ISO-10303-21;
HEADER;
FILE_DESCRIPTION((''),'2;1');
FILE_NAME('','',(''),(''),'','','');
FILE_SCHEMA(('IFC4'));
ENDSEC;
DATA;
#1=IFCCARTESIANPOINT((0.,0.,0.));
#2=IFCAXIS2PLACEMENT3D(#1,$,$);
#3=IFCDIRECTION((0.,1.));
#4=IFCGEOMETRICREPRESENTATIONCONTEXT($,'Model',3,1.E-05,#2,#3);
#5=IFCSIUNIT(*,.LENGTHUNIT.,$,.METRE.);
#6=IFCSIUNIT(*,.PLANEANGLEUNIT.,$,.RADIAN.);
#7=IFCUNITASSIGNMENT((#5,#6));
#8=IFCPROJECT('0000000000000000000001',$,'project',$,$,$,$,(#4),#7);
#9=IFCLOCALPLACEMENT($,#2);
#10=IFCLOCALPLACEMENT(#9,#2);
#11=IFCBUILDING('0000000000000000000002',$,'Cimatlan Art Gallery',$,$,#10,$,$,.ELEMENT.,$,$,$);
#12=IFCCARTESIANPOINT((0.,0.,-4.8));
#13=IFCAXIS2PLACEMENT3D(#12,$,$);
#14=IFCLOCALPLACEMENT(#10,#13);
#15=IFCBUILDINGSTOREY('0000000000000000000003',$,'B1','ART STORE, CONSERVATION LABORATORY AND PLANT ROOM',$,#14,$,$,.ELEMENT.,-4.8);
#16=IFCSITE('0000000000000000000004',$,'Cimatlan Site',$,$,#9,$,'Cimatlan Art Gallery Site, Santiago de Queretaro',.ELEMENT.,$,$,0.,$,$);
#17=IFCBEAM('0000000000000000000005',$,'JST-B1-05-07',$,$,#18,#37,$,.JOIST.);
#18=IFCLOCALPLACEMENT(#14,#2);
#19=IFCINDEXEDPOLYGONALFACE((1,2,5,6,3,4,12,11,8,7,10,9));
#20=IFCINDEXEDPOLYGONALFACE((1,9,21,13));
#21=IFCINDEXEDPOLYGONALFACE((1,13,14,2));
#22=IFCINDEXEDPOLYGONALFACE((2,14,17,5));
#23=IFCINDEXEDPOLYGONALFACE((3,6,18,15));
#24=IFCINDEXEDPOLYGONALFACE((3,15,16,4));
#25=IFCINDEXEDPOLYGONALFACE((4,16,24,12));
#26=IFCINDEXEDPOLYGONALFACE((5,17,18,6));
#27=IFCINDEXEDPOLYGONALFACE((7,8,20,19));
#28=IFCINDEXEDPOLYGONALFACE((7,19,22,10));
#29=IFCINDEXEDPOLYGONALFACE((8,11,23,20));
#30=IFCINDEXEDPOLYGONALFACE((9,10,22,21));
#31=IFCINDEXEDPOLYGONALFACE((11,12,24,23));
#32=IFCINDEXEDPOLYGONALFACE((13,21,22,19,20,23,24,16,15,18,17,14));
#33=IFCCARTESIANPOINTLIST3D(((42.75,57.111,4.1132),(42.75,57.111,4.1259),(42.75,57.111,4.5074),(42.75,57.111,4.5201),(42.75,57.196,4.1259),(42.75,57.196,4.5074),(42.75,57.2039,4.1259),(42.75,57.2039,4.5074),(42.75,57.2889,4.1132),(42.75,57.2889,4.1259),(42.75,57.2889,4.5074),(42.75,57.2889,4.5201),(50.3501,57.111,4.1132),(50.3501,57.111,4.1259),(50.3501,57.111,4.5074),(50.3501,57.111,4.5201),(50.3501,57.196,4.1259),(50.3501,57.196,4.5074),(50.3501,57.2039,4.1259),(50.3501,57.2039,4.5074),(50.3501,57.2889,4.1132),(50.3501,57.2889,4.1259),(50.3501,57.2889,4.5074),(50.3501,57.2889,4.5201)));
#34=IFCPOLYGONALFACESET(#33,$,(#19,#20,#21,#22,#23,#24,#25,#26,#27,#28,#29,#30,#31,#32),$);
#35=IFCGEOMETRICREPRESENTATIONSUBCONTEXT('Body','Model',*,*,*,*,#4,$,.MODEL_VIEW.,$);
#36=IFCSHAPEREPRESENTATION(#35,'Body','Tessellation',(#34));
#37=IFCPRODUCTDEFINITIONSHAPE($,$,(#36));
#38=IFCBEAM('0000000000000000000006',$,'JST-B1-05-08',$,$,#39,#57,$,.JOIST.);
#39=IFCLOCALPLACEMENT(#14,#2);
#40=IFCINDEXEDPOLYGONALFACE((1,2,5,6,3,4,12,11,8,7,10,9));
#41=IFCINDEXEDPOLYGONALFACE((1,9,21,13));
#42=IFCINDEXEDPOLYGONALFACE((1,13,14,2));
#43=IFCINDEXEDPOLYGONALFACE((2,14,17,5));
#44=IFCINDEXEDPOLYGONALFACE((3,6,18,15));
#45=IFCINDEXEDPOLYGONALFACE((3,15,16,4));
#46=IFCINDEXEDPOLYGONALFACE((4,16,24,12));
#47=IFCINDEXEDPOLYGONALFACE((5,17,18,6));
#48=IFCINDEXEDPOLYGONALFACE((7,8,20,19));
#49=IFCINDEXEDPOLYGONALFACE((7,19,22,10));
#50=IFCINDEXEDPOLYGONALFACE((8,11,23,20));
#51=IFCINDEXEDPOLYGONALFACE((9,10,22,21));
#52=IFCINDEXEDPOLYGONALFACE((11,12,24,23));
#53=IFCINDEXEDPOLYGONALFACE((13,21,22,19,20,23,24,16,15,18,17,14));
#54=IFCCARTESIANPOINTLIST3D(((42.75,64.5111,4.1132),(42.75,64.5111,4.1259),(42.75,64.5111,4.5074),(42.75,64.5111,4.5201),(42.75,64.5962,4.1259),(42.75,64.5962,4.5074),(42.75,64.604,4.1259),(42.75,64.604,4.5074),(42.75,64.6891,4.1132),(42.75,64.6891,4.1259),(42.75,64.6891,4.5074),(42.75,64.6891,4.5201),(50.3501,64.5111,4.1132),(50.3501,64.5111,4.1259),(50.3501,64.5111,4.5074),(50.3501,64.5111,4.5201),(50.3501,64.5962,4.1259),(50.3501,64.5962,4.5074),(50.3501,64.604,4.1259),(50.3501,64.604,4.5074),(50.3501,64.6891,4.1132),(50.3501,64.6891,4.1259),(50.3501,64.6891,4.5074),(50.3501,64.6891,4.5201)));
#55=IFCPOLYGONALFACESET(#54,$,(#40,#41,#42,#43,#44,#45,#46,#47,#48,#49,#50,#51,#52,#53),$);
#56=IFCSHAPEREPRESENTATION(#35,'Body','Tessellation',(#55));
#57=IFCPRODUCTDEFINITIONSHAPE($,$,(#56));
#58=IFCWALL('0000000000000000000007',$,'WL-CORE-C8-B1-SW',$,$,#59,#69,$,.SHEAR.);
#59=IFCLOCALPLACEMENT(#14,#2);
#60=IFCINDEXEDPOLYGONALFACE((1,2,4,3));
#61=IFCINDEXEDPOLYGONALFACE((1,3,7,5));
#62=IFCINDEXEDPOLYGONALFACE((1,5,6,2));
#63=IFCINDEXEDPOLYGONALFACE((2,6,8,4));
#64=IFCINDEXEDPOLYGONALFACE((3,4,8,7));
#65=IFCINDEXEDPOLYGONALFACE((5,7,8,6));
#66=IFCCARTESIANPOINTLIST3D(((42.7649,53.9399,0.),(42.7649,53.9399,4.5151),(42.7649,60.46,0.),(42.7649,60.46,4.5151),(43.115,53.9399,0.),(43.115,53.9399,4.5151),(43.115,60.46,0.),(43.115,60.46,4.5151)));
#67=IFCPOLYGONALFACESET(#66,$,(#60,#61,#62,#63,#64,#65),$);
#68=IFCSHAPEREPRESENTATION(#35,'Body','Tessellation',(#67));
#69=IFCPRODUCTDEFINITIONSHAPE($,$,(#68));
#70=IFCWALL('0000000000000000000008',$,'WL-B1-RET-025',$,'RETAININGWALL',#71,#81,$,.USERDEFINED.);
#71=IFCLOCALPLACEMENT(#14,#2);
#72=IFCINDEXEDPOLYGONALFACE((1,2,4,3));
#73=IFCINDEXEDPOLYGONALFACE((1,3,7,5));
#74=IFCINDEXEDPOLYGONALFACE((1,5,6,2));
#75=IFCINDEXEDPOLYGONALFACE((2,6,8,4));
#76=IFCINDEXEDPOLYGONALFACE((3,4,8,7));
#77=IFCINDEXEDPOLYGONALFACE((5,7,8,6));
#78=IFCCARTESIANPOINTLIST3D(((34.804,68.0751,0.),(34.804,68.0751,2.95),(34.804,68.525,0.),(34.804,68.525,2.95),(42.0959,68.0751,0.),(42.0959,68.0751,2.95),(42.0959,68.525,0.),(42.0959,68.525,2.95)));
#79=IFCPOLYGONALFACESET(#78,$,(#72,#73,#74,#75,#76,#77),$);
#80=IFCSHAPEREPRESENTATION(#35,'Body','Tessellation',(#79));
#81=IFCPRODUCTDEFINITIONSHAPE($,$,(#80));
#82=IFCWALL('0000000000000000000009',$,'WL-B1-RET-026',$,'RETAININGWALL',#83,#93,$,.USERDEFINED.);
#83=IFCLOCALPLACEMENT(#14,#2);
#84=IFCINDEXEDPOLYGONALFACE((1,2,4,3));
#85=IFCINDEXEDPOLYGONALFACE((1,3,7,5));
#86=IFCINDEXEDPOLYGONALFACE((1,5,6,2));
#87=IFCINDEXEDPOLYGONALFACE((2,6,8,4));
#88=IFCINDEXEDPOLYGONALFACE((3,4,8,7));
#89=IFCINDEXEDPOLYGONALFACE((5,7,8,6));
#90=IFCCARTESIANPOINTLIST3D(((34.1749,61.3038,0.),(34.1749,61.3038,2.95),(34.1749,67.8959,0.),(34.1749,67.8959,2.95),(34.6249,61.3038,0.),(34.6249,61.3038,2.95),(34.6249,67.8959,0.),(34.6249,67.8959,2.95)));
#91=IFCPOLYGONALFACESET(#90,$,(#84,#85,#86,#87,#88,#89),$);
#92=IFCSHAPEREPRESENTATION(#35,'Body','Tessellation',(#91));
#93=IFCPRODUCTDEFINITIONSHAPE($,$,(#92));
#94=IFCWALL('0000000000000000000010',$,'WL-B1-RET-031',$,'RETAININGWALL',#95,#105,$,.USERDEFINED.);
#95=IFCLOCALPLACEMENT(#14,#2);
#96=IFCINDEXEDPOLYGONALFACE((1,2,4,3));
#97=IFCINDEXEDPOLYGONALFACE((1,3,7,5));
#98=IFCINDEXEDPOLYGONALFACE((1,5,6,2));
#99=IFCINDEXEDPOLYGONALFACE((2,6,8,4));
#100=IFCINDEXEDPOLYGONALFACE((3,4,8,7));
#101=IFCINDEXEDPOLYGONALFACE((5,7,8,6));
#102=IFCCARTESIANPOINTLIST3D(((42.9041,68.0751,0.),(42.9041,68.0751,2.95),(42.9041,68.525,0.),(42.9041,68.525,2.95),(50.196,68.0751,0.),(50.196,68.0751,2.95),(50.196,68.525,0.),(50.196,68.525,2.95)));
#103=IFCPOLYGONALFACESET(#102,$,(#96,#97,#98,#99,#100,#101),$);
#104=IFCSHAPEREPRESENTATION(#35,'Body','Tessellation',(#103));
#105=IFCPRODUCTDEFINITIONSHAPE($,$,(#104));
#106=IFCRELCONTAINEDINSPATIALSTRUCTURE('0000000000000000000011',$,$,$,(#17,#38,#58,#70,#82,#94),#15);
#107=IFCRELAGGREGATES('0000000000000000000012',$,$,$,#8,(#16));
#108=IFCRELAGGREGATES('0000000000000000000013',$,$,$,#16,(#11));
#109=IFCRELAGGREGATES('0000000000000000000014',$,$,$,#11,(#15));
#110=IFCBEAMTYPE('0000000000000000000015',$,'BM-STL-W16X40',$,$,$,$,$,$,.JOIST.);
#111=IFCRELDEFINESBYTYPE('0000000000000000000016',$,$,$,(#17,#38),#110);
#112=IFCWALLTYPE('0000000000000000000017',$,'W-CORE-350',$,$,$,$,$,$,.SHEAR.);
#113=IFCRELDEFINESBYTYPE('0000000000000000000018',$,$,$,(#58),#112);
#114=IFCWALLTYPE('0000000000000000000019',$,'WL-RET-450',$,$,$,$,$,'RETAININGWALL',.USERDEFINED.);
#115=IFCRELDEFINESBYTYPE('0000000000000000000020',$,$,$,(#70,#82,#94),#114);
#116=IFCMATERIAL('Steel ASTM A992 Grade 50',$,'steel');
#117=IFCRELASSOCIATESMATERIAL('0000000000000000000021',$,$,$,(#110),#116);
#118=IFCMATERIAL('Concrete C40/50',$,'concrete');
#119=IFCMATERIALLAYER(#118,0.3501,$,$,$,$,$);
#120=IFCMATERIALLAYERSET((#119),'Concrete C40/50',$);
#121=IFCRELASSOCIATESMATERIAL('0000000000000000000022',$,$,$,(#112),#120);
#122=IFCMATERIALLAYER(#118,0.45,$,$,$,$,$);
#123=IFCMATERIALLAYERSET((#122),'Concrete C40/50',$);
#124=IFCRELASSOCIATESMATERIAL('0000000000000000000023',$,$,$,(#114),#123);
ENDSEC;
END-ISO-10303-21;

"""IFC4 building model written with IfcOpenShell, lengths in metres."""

from ifc_helpers import new_model, si_unit, direction, frame, frame_2d, origin, origin_2d, place, context, subcontext, project, spatial, rectangle, i_section, extrude, material, layer, layer_set, material_profile, profile_set, type_object, element, save


model = new_model("IFC4")

# Units and contexts
model_context = context("Model", 3, precision=1e-05, world=origin(), true_north=direction((0.0, 1.0)))
body_context = subcontext(model_context, "Body", "Model", "MODEL_VIEW")
ifc_project = project(units=[si_unit("LENGTHUNIT", "METRE"), si_unit("PLANEANGLEUNIT", "RADIAN")], contexts=[model_context])

# Site, building, storey
site_placement = place(None, origin())
site = spatial("IfcSite", under=ifc_project, at=site_placement, Name="Cimatlan Site", LongName="Cimatlan Art Gallery Site, Santiago de Queretaro", CompositionType="ELEMENT", RefElevation=0.0)
building_placement = place(site_placement, origin())
building = spatial("IfcBuilding", under=site, at=building_placement, Name="Cimatlan Art Gallery", CompositionType="ELEMENT")
storey_placement = place(building_placement, frame((0.0, 0.0, -4.8)))
storey = spatial("IfcBuildingStorey", under=building, at=storey_placement, Name="B1", Description="ART STORE, CONSERVATION LABORATORY AND PLANT ROOM", CompositionType="ELEMENT", Elevation=-4.8)

# Shared definitions
ifc_material_1 = material(Name="Concrete C40/50", Category="concrete")

# Beams
ifc_material_2 = material(Name="Steel ASTM A992 Grade 50", Category="steel")
ifc_material_profile_1 = material_profile(ifc_material_2, i_section(OverallWidth=0.178, OverallDepth=0.407, WebThickness=0.0078, FlangeThickness=0.0127, at=origin_2d()), Name="W16X40")
ifc_profile_set_1 = profile_set([ifc_material_profile_1], Name="Steel ASTM A992 Grade 50")
beam_type_1 = type_object("IfcBeamType", Name="BM-STL-W16X40", PredefinedType="JOIST", material=ifc_profile_set_1)
for number, where, z_axis, x_axis, name in (
    (1, (42.75, 57.2, 4.3167), (1.0, 0.0, 0.0), (0.0, 1.0, 0.0), "JST-B1-05-07"),
    (2, (42.75, 64.6001, 4.3167), (1.0, 0.0, 0.0), (0.0, 1.0, 0.0), "JST-B1-05-08"),
):
    element("IfcBeam", number, at=place(storey_placement, frame(where, z_axis=z_axis, x_axis=x_axis)), inside=storey, type_object=beam_type_1, Name=name, PredefinedType="JOIST", context=body_context, shape_type="SweptSolid", body=[
        extrude(i_section(OverallWidth=0.178, OverallDepth=0.407, WebThickness=0.0078, FlangeThickness=0.0127, at=origin_2d()), origin(), (0.0, 0.0, 1.0), 7.6001),
    ])

# Walls
ifc_layer_1 = layer(ifc_material_1, 0.3501)
ifc_layer_set_1 = layer_set([ifc_layer_1], Name="Concrete C40/50")
wall_type_1 = type_object("IfcWallType", Name="W-CORE-350", PredefinedType="SHEAR", material=ifc_layer_set_1)
wall_1_placement = place(storey_placement, frame((42.9399, 53.9399, 0.0), z_axis=(0.0, 0.0, 1.0), x_axis=(0.0, 1.0, 0.0)))
element("IfcWall", 3, at=wall_1_placement, inside=storey, type_object=wall_type_1, Name="WL-CORE-C8-B1-SW", PredefinedType="SHEAR", context=body_context, shape_type="SweptSolid", body=[
    extrude(rectangle(XDim=6.52, YDim=0.3501, at=frame_2d((3.26, 0.0))), origin(), (0.0, 0.0, 1.0), 4.5151),
])
ifc_layer_2 = layer(ifc_material_1, 0.45)
ifc_layer_set_2 = layer_set([ifc_layer_2], Name="Concrete C40/50")
wall_type_2 = type_object("IfcWallType", Name="WL-RET-450", ElementType="RETAININGWALL", PredefinedType="USERDEFINED", material=ifc_layer_set_2)
wall_2_placement = place(storey_placement, frame((34.804, 68.3, 0.0), z_axis=(0.0, 0.0, 1.0), x_axis=(1.0, 0.0, 0.0)))
element("IfcWall", 4, at=wall_2_placement, inside=storey, type_object=wall_type_2, Name="WL-B1-RET-025", ObjectType="RETAININGWALL", PredefinedType="USERDEFINED", context=body_context, shape_type="SweptSolid", body=[
    extrude(rectangle(XDim=7.292, YDim=0.45, at=frame_2d((3.646, 0.0))), origin(), (0.0, 0.0, 1.0), 2.95),
])
wall_3_placement = place(storey_placement, frame((34.3999, 61.304, 0.0), z_axis=(0.0, 0.0, 1.0), x_axis=(0.0, 1.0, 0.0)))
element("IfcWall", 5, at=wall_3_placement, inside=storey, type_object=wall_type_2, Name="WL-B1-RET-026", ObjectType="RETAININGWALL", PredefinedType="USERDEFINED", context=body_context, shape_type="SweptSolid", body=[
    extrude(rectangle(XDim=6.592, YDim=0.45, at=frame_2d((3.2959, 0.0))), origin(), (0.0, 0.0, 1.0), 2.95),
])
wall_4_placement = place(storey_placement, frame((42.9041, 68.3, 0.0), z_axis=(0.0, 0.0, 1.0), x_axis=(1.0, 0.0, 0.0)))
element("IfcWall", 6, at=wall_4_placement, inside=storey, type_object=wall_type_2, Name="WL-B1-RET-031", ObjectType="RETAININGWALL", PredefinedType="USERDEFINED", context=body_context, shape_type="SweptSolid", body=[
    extrude(rectangle(XDim=7.292, YDim=0.45, at=frame_2d((3.646, 0.0))), origin(), (0.0, 0.0, 1.0), 2.95),
])

save(model, "model.ifc")
